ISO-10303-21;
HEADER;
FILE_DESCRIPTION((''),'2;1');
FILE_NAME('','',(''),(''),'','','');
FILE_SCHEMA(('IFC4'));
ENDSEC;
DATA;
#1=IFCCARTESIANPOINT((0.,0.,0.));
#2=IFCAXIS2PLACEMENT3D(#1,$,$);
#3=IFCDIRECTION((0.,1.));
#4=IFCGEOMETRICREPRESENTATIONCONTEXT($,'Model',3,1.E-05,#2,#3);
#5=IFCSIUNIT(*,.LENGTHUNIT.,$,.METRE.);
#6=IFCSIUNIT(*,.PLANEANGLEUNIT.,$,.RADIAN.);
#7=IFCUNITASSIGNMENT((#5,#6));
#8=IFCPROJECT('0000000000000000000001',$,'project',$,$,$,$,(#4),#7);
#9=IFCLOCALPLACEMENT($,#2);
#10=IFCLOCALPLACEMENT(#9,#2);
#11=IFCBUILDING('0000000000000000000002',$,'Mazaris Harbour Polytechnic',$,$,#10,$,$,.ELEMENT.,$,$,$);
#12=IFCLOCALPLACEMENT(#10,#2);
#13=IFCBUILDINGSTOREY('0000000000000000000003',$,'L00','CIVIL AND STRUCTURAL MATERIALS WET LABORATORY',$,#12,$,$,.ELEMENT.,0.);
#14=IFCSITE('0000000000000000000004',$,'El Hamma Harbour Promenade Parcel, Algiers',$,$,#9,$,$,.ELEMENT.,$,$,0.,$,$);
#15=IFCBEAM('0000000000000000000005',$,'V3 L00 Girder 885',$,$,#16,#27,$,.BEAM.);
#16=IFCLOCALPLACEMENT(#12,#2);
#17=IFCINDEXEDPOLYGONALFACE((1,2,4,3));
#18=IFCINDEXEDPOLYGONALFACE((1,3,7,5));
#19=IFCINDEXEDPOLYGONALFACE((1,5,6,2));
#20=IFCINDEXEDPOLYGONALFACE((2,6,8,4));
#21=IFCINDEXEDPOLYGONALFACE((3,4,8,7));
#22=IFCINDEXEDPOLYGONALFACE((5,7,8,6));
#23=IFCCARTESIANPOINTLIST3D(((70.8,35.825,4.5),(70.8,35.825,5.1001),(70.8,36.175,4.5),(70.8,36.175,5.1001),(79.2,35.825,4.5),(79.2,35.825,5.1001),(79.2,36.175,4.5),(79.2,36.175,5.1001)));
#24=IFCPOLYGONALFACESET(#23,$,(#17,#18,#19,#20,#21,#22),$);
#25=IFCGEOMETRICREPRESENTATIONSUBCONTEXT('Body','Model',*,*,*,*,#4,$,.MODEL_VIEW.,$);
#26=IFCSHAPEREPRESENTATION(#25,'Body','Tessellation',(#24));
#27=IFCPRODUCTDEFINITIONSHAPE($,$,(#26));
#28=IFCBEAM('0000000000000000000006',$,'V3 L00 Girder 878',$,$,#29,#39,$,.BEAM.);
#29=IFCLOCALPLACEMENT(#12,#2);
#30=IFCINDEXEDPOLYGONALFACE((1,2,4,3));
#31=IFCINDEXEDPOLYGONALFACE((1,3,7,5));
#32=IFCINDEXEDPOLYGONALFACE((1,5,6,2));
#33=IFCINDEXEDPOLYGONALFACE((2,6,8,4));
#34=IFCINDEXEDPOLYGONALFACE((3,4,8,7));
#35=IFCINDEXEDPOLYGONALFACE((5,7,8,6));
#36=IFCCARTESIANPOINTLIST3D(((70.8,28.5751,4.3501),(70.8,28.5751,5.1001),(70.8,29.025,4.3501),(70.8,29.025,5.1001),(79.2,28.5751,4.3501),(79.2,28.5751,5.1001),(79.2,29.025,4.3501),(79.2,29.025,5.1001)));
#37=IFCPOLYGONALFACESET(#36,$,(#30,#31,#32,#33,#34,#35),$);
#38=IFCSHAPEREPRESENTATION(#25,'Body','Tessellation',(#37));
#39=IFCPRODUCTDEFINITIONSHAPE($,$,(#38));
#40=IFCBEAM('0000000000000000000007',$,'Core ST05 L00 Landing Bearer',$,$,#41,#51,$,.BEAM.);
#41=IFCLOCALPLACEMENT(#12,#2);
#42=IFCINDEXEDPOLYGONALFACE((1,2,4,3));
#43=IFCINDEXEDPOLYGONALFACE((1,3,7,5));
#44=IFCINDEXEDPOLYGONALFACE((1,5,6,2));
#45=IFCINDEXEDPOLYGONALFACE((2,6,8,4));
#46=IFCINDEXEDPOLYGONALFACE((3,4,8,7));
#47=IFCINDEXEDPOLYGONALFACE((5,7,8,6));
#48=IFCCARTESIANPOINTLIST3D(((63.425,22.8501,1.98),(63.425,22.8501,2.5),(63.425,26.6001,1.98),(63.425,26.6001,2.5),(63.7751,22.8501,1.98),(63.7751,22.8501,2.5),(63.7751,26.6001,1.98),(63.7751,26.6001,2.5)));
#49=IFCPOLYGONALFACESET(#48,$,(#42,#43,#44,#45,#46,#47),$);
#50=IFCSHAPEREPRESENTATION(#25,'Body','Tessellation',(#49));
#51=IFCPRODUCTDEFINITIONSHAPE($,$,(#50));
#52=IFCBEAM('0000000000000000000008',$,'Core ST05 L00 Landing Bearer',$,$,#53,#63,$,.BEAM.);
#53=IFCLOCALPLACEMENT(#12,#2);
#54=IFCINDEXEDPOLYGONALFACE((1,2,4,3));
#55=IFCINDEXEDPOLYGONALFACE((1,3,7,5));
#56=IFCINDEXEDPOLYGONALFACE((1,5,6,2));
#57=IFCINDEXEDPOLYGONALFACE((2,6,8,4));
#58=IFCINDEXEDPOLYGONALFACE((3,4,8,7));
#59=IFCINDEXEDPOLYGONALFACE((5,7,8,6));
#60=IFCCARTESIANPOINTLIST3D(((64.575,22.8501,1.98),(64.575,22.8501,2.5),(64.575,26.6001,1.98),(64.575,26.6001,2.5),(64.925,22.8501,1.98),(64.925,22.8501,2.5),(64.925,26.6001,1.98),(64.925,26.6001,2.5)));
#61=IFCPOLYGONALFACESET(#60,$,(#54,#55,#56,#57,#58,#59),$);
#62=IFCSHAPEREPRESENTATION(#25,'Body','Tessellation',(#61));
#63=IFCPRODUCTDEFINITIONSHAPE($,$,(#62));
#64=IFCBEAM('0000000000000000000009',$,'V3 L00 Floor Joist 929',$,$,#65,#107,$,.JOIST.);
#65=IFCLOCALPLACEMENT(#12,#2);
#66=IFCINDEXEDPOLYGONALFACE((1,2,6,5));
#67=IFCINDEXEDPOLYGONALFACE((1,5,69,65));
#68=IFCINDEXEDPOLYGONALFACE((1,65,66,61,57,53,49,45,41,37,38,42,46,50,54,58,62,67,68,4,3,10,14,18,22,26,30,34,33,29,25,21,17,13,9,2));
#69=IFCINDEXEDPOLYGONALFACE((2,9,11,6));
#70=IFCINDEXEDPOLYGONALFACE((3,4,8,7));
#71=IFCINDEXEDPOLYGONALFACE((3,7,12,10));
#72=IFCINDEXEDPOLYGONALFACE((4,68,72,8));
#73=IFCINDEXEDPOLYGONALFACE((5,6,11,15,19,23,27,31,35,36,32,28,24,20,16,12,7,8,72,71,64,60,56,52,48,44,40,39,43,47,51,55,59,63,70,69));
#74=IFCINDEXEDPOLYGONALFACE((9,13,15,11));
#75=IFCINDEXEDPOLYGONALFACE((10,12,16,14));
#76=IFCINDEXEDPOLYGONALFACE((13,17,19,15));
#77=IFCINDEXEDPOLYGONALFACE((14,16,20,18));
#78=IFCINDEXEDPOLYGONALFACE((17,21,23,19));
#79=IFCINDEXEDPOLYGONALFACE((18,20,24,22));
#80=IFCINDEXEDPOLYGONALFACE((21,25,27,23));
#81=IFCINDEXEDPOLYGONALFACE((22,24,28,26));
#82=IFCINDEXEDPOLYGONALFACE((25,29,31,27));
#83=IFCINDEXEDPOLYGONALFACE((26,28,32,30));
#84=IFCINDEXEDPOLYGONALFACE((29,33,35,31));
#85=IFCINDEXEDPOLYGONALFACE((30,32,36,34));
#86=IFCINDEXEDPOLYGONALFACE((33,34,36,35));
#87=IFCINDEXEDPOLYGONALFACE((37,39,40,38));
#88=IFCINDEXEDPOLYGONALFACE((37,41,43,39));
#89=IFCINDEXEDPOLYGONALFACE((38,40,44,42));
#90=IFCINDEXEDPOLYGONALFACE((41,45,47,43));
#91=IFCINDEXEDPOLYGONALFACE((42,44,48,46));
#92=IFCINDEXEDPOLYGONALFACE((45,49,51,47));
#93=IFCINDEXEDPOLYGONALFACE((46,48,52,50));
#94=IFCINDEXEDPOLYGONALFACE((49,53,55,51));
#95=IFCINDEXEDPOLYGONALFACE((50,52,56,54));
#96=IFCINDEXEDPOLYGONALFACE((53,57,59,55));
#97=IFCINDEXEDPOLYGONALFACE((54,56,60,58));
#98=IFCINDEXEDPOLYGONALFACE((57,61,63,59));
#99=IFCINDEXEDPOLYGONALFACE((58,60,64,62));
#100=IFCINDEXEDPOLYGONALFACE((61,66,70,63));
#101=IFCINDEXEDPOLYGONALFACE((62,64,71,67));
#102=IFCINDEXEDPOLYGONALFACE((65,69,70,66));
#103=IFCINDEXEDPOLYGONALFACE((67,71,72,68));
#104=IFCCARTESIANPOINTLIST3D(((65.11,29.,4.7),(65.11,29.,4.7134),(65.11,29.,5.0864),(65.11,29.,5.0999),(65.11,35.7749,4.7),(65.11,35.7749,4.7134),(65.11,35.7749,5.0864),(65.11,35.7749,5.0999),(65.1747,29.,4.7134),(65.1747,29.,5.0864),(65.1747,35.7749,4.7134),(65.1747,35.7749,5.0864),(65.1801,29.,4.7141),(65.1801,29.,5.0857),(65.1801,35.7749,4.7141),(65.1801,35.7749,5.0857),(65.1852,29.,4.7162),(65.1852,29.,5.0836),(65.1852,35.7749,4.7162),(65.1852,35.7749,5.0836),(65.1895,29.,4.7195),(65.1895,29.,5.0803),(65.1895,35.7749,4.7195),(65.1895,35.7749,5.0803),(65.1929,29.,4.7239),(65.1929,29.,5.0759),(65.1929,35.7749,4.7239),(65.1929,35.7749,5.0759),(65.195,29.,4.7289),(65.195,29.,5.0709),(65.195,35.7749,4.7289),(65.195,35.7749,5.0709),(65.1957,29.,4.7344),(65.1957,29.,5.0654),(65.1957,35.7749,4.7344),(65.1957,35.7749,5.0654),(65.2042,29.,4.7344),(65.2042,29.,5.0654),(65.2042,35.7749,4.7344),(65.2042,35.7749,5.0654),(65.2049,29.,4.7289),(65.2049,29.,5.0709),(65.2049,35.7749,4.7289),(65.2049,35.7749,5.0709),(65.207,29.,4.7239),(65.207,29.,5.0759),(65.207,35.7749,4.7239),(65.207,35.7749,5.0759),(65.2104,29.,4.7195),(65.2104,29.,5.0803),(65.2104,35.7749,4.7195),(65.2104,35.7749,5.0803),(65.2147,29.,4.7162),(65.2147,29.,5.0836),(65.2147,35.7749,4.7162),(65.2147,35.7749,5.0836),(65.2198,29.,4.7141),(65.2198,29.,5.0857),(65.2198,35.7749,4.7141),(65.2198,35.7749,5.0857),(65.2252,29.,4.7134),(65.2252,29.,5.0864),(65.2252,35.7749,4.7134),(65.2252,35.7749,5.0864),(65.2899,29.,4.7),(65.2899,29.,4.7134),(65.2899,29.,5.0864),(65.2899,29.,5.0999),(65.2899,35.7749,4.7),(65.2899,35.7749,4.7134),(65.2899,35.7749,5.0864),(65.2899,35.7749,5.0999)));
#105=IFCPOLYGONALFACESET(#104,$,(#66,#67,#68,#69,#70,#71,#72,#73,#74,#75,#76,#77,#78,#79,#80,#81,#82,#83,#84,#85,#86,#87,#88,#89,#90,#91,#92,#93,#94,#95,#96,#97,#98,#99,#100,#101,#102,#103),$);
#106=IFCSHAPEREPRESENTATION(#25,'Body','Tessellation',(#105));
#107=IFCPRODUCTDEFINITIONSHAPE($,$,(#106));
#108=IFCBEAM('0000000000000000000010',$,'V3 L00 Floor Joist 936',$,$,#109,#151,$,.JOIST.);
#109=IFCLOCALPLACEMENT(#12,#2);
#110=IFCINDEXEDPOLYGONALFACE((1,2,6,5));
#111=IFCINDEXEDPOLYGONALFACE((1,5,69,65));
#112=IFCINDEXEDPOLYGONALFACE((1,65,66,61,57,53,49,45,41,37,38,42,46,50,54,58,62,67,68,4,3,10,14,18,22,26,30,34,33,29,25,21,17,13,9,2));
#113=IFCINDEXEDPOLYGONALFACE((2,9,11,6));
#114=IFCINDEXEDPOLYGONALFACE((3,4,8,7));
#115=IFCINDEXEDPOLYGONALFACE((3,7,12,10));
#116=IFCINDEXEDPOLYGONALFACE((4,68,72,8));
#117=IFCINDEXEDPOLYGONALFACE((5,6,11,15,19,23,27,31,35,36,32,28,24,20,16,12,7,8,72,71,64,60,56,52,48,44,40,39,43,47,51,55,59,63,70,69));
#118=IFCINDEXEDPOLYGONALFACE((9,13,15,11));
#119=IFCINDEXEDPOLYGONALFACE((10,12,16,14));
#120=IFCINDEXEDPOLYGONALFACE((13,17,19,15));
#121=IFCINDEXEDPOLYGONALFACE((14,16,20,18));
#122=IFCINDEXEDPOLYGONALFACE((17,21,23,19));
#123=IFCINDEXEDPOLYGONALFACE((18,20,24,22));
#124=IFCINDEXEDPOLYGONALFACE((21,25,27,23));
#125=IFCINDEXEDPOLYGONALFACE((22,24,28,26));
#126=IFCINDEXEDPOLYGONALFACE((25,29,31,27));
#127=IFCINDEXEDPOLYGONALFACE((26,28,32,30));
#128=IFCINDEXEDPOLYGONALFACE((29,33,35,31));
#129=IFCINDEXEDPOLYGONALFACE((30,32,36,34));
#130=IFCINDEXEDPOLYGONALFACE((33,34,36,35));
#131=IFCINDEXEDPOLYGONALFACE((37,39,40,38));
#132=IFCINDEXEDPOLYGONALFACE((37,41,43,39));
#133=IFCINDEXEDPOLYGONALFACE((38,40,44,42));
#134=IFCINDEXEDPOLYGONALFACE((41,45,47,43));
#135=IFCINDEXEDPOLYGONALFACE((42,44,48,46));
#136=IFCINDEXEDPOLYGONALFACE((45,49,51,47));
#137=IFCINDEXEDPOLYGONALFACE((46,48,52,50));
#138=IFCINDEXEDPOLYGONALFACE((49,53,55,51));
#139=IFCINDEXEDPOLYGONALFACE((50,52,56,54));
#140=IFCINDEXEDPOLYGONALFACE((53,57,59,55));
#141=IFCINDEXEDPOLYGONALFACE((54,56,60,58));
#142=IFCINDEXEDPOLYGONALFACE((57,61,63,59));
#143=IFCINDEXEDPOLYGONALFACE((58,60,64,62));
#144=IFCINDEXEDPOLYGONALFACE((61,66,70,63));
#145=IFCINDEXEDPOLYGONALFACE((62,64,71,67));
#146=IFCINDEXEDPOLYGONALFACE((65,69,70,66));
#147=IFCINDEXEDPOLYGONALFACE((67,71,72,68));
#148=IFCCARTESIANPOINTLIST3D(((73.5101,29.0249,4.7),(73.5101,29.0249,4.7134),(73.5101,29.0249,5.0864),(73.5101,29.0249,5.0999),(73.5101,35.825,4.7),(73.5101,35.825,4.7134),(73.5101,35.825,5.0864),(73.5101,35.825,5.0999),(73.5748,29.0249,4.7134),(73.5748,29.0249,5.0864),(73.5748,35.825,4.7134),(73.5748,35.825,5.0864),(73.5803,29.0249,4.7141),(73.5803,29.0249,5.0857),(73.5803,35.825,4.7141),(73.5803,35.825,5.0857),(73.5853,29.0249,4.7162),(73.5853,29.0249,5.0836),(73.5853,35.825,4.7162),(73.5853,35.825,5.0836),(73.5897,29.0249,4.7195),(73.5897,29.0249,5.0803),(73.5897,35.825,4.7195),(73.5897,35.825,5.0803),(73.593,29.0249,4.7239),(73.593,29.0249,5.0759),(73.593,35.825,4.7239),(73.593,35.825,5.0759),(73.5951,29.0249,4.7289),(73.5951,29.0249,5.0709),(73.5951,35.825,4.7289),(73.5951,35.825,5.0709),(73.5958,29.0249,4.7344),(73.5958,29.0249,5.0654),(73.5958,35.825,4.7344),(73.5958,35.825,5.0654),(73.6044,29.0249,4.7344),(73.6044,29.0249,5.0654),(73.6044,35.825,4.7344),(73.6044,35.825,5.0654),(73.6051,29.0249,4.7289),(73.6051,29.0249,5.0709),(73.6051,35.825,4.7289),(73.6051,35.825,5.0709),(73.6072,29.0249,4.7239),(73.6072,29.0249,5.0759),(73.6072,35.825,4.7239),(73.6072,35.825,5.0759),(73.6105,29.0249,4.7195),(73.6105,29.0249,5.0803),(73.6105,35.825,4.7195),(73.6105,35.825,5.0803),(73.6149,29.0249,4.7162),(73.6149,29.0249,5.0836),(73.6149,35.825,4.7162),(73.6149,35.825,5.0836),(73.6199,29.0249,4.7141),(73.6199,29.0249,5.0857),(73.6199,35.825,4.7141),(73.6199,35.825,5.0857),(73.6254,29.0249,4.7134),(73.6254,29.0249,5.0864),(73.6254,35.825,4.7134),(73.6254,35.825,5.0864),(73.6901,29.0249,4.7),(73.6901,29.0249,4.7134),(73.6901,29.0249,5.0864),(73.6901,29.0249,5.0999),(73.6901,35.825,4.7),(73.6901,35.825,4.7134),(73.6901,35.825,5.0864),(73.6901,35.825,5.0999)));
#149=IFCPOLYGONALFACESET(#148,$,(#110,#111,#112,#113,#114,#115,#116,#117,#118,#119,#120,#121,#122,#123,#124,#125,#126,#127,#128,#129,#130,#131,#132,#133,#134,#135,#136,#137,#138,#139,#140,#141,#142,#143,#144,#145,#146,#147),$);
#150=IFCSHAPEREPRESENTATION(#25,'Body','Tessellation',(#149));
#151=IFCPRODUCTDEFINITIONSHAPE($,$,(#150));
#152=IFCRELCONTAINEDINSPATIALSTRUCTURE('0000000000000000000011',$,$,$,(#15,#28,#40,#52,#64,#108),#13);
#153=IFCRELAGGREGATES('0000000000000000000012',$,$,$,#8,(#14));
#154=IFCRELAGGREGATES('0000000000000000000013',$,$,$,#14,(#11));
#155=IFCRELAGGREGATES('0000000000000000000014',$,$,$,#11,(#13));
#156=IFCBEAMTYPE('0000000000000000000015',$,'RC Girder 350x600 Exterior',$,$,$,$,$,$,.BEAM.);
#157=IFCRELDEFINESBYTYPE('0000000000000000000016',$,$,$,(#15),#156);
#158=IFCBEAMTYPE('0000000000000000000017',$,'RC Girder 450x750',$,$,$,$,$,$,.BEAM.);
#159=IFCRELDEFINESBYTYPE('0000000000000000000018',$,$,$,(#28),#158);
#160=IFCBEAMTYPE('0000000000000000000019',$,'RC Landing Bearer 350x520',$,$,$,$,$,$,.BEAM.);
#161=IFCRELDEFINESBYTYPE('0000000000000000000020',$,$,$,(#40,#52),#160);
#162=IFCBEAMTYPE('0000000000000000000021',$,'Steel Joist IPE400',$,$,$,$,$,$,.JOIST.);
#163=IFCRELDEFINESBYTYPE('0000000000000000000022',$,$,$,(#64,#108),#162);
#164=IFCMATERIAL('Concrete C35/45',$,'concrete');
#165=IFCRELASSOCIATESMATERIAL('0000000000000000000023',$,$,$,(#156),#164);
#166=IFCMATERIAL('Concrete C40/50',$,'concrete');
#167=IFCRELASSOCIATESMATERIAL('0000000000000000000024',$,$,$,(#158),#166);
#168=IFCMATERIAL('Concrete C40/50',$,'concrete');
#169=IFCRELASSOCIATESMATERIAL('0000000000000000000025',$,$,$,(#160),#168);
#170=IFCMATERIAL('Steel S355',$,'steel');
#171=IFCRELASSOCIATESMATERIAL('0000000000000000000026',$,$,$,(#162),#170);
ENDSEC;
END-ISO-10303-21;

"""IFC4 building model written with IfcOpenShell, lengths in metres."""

from ifc_helpers import new_model, si_unit, direction, frame, origin, origin_2d, place, context, subcontext, project, spatial, rectangle, i_section, extrude, material, material_profile, profile_set, type_object, element, save


model = new_model("IFC4")

# Units and contexts
model_context = context("Model", 3, precision=1e-05, world=origin(), true_north=direction((0.0, 1.0)))
body_context = subcontext(model_context, "Body", "Model", "MODEL_VIEW")
ifc_project = project(units=[si_unit("LENGTHUNIT", "METRE"), si_unit("PLANEANGLEUNIT", "RADIAN")], contexts=[model_context])

# Site, building, storey
site_placement = place(None, origin())
site = spatial("IfcSite", under=ifc_project, at=site_placement, Name="El Hamma Harbour Promenade Parcel, Algiers", CompositionType="ELEMENT", RefElevation=0.0)
building_placement = place(site_placement, origin())
building = spatial("IfcBuilding", under=site, at=building_placement, Name="Mazaris Harbour Polytechnic", CompositionType="ELEMENT")
storey_placement = place(building_placement, origin())
storey = spatial("IfcBuildingStorey", under=building, at=storey_placement, Name="L00", Description="CIVIL AND STRUCTURAL MATERIALS WET LABORATORY", CompositionType="ELEMENT", Elevation=0.0)

# Beams
ifc_material_1 = material(Name="Concrete C35/45", Category="concrete")
ifc_material_profile_1 = material_profile(ifc_material_1, rectangle(XDim=0.3501, YDim=0.6001, at=origin_2d()), Name="RECT350x600")
ifc_profile_set_1 = profile_set([ifc_material_profile_1], Name="Concrete C35/45")
beam_type_1 = type_object("IfcBeamType", Name="RC Girder 350x600 Exterior", PredefinedType="BEAM", material=ifc_profile_set_1)
beam_1_placement = place(storey_placement, frame((70.8, 36.0, 4.8), z_axis=(1.0, 0.0, 0.0), x_axis=(0.0, 1.0, 0.0)))
element("IfcBeam", 1, at=beam_1_placement, inside=storey, type_object=beam_type_1, Name="V3 L00 Girder 885", PredefinedType="BEAM", context=body_context, shape_type="SweptSolid", body=[
    extrude(rectangle(XDim=0.3501, YDim=0.6001, at=origin_2d()), origin(), (0.0, 0.0, 1.0), 8.3999),
])
ifc_material_2 = material(Name="Concrete C40/50", Category="concrete")
ifc_material_profile_2 = material_profile(ifc_material_2, rectangle(XDim=0.45, YDim=0.75, at=origin_2d()), Name="RECT450x750")
ifc_profile_set_2 = profile_set([ifc_material_profile_2], Name="Concrete C40/50")
beam_type_2 = type_object("IfcBeamType", Name="RC Girder 450x750", PredefinedType="BEAM", material=ifc_profile_set_2)
beam_2_placement = place(storey_placement, frame((70.8, 28.8, 4.7251), z_axis=(1.0, 0.0, 0.0), x_axis=(0.0, 1.0, 0.0)))
element("IfcBeam", 2, at=beam_2_placement, inside=storey, type_object=beam_type_2, Name="V3 L00 Girder 878", PredefinedType="BEAM", context=body_context, shape_type="SweptSolid", body=[
    extrude(rectangle(XDim=0.45, YDim=0.75, at=origin_2d()), origin(), (0.0, 0.0, 1.0), 8.3999),
])
ifc_material_3 = material(Name="Concrete C40/50", Category="concrete")
ifc_material_profile_3 = material_profile(ifc_material_3, rectangle(XDim=0.3501, YDim=0.52, at=origin_2d()), Name="RECT350x520")
ifc_profile_set_3 = profile_set([ifc_material_profile_3], Name="Concrete C40/50")
beam_type_3 = type_object("IfcBeamType", Name="RC Landing Bearer 350x520", PredefinedType="BEAM", material=ifc_profile_set_3)
for number, where, z_axis, x_axis, name in (
    (3, (63.6001, 22.8501, 2.24), (0.0, 1.0, 0.0), (-1.0, 0.0, 0.0), "Core ST05 L00 Landing Bearer"),
    (4, (64.75, 22.8501, 2.24), (0.0, 1.0, 0.0), (-1.0, 0.0, 0.0), "Core ST05 L00 Landing Bearer"),
):
    element("IfcBeam", number, at=place(storey_placement, frame(where, z_axis=z_axis, x_axis=x_axis)), inside=storey, type_object=beam_type_3, Name=name, PredefinedType="BEAM", context=body_context, shape_type="SweptSolid", body=[
        extrude(rectangle(XDim=0.3501, YDim=0.52, at=origin_2d()), origin(), (0.0, 0.0, 1.0), 3.75),
    ])
ifc_material_4 = material(Name="Steel S355", Category="steel")
ifc_material_profile_4 = material_profile(ifc_material_4, i_section(OverallWidth=0.1799, OverallDepth=0.3999, WebThickness=0.0085, FlangeThickness=0.0134, FilletRadius=0.021, at=origin_2d()), Name="IPE 400")
ifc_profile_set_4 = profile_set([ifc_material_profile_4], Name="Steel S355")
beam_type_4 = type_object("IfcBeamType", Name="Steel Joist IPE400", PredefinedType="JOIST", material=ifc_profile_set_4)
beam_3_placement = place(storey_placement, frame((65.2, 29.0, 4.8999), z_axis=(0.0, 1.0, 0.0), x_axis=(-1.0, 0.0, 0.0)))
element("IfcBeam", 5, at=beam_3_placement, inside=storey, type_object=beam_type_4, Name="V3 L00 Floor Joist 929", PredefinedType="JOIST", context=body_context, shape_type="SweptSolid", body=[
    extrude(i_section(OverallWidth=0.1799, OverallDepth=0.3999, WebThickness=0.0085, FlangeThickness=0.0134, FilletRadius=0.021, at=origin_2d()), origin(), (0.0, 0.0, 1.0), 6.7749),
])
beam_4_placement = place(storey_placement, frame((73.6001, 29.0249, 4.8999), z_axis=(0.0, 1.0, 0.0), x_axis=(-1.0, 0.0, 0.0)))
element("IfcBeam", 6, at=beam_4_placement, inside=storey, type_object=beam_type_4, Name="V3 L00 Floor Joist 936", PredefinedType="JOIST", context=body_context, shape_type="SweptSolid", body=[
    extrude(i_section(OverallWidth=0.1799, OverallDepth=0.3999, WebThickness=0.0085, FlangeThickness=0.0134, FilletRadius=0.021, at=origin_2d()), origin(), (0.0, 0.0, 1.0), 6.8),
])

save(model, "model.ifc")
